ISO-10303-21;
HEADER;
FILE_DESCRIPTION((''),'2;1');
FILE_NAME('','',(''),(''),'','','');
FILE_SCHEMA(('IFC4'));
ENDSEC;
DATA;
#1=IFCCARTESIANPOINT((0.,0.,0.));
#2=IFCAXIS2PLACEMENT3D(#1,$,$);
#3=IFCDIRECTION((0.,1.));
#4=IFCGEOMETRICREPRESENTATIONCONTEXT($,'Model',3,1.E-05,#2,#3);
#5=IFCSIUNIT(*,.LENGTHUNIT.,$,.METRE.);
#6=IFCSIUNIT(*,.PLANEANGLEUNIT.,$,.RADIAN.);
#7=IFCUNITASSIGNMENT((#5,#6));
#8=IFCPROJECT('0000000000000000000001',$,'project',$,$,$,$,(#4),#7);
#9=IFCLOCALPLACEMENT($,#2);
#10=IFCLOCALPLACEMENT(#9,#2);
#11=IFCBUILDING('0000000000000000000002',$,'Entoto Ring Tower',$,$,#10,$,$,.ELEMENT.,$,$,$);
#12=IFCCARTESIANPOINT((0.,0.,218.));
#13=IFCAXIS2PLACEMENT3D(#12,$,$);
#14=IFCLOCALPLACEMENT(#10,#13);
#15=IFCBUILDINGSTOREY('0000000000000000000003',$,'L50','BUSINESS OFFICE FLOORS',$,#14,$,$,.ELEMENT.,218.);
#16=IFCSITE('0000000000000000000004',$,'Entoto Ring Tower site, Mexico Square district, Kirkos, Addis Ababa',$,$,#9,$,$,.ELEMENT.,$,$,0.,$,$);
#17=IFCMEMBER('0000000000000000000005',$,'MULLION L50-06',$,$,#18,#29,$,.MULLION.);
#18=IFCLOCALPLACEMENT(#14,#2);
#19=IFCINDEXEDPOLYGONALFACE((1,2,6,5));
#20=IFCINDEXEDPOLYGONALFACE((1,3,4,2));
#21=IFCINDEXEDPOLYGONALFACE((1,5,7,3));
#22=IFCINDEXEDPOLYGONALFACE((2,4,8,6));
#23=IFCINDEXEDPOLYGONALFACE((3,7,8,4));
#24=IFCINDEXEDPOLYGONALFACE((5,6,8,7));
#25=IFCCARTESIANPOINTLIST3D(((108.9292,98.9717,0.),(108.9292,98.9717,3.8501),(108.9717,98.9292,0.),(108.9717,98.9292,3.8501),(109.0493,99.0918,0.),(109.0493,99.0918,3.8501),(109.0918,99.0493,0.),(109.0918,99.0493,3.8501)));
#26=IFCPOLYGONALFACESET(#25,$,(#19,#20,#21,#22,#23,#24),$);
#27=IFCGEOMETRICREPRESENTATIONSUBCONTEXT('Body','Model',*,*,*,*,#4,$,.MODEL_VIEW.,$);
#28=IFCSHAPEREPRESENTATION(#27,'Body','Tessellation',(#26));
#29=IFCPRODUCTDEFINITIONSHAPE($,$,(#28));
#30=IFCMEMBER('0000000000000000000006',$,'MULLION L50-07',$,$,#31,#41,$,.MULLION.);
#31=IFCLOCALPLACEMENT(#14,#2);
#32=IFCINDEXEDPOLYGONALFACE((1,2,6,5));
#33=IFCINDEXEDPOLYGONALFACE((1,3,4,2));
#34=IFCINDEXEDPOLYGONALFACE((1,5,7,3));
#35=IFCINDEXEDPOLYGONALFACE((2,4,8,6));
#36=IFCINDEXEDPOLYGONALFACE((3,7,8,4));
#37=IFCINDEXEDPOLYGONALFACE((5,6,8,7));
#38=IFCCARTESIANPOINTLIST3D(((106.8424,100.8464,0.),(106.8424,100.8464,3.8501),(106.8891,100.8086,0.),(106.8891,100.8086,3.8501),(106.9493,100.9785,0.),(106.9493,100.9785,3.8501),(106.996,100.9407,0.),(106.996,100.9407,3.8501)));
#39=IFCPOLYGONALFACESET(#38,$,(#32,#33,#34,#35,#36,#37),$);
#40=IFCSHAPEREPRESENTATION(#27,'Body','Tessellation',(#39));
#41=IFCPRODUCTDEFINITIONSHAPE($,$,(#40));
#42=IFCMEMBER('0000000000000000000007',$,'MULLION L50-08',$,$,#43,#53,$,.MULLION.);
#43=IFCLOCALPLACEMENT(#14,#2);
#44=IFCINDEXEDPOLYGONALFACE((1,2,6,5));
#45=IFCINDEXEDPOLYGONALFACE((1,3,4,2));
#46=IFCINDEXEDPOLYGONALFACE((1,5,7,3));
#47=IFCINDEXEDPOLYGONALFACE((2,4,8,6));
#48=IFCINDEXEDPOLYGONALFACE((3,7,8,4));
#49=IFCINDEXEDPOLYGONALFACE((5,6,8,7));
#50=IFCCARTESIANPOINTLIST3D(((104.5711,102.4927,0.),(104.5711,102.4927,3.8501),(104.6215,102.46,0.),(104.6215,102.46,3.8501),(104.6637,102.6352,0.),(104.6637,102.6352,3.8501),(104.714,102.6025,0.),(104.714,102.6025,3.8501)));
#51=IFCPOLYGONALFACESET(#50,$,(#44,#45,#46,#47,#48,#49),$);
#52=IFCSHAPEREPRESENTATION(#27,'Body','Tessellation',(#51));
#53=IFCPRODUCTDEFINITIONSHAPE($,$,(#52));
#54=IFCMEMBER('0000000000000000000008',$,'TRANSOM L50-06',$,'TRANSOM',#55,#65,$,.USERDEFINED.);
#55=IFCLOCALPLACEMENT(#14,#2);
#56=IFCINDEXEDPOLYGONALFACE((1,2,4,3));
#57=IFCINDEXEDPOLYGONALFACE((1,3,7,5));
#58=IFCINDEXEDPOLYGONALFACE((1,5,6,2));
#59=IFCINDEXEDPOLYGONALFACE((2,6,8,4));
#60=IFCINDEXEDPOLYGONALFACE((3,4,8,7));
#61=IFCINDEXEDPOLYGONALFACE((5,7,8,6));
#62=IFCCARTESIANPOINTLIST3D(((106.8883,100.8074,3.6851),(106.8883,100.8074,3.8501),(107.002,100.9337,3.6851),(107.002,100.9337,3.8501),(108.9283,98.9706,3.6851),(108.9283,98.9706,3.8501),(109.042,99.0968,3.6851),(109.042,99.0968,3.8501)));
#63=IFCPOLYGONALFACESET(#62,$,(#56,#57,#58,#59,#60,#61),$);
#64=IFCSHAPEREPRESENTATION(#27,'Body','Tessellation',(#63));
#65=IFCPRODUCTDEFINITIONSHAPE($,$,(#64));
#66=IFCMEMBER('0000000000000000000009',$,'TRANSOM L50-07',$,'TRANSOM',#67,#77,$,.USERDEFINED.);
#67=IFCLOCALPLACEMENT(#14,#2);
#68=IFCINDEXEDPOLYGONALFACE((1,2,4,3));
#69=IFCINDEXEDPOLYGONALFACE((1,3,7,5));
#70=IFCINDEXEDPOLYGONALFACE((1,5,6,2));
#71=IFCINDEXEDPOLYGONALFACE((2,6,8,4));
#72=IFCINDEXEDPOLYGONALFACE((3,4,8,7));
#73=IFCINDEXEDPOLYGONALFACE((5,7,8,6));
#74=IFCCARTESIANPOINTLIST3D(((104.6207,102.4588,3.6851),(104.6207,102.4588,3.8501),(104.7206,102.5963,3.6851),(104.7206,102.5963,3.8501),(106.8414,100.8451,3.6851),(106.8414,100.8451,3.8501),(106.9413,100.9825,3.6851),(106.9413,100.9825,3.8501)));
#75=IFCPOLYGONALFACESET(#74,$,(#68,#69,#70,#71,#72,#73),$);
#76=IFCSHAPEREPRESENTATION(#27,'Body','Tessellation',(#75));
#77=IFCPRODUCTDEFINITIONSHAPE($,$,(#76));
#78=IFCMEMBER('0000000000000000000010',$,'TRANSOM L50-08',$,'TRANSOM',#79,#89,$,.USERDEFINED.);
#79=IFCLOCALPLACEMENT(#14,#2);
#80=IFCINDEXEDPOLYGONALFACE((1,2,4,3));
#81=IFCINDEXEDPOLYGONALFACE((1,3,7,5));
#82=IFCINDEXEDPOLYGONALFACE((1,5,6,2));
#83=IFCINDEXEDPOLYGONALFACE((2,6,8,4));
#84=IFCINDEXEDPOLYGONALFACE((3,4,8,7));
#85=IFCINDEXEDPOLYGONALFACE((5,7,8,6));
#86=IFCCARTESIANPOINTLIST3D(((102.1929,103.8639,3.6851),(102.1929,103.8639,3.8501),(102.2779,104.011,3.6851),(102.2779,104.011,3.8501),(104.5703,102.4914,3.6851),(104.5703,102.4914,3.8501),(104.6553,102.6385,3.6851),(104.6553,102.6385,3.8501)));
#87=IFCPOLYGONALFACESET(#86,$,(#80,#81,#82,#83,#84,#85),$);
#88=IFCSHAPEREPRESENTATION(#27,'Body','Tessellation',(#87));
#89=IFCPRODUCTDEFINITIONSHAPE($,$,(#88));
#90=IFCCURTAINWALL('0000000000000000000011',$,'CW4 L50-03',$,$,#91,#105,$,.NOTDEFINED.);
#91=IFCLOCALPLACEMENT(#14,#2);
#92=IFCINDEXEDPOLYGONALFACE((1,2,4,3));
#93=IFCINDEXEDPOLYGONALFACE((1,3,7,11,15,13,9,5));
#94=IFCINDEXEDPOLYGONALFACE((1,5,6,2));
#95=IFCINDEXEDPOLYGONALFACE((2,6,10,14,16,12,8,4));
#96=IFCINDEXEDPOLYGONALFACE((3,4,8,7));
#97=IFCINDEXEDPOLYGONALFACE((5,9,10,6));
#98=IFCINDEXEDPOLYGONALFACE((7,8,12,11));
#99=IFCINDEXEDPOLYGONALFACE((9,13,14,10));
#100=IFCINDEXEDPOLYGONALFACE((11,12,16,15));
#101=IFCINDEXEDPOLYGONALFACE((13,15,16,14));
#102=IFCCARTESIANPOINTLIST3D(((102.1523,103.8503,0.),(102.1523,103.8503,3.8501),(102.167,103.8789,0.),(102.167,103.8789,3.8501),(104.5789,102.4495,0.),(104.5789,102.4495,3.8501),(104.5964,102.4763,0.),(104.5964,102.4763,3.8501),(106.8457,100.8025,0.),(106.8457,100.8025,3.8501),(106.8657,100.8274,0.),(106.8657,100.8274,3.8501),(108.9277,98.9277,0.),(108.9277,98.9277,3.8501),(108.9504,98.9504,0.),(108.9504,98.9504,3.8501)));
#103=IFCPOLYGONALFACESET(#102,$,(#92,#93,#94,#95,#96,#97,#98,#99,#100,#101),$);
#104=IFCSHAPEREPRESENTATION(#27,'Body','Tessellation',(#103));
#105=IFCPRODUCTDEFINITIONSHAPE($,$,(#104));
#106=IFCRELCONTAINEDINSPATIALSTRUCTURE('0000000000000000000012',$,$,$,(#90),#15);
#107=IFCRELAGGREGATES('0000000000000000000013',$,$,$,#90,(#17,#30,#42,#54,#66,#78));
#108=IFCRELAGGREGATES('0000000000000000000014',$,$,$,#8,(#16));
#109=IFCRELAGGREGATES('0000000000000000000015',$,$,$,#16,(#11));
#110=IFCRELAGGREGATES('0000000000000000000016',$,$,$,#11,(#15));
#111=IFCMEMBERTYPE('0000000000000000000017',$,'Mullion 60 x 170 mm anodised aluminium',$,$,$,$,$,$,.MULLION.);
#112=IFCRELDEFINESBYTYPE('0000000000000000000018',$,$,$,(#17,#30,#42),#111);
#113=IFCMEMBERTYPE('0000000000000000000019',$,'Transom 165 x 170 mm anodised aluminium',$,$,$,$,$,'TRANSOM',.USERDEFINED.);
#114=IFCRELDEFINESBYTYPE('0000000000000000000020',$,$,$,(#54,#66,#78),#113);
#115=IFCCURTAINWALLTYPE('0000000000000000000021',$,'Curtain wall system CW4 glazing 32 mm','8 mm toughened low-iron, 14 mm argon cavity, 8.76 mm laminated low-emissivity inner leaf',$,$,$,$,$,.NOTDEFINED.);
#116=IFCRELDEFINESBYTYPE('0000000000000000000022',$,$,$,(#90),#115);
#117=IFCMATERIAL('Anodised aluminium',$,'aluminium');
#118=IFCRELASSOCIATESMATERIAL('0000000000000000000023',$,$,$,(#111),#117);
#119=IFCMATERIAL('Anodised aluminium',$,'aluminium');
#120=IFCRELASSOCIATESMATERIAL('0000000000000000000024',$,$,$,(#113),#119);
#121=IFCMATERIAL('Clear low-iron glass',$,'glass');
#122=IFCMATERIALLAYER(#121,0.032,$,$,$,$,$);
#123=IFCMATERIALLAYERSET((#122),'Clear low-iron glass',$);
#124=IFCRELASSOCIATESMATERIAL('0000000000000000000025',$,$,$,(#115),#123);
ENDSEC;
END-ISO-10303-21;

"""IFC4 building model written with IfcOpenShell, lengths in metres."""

from ifc_helpers import new_model, si_unit, direction, frame, origin, origin_2d, place, context, subcontext, project, spatial, polyline, rectangle, outline, extrude, material, layer, layer_set, material_profile, profile_set, type_object, element, aggregate, save


model = new_model("IFC4")

# Units and contexts
model_context = context("Model", 3, precision=1e-05, world=origin(), true_north=direction((0.0, 1.0)))
body_context = subcontext(model_context, "Body", "Model", "MODEL_VIEW")
ifc_project = project(units=[si_unit("LENGTHUNIT", "METRE"), si_unit("PLANEANGLEUNIT", "RADIAN")], contexts=[model_context])

# Members
ifc_material_1 = material(Name="Anodised aluminium", Category="aluminium")
ifc_material_profile_1 = material_profile(ifc_material_1, rectangle(XDim=0.0601, YDim=0.1699, at=origin_2d()), Name="Mullion 60 x 170 mm anodised aluminium")
ifc_profile_set_1 = profile_set([ifc_material_profile_1], Name="Anodised aluminium")
member_type_1 = type_object("IfcMemberType", Name="Mullion 60 x 170 mm anodised aluminium", PredefinedType="MULLION", material=ifc_profile_set_1)
site_placement = place(None, origin())
building_placement = place(site_placement, origin())
storey_placement = place(building_placement, frame((0.0, 0.0, 218.0)))
member_1_placement = place(storey_placement, frame((109.0105, 99.0105, 0.0), z_axis=(0.0, 0.0, 1.0), x_axis=(-0.707107, 0.707107, 0.0)))
member_1 = element("IfcMember", 1, at=member_1_placement, type_object=member_type_1, Name="MULLION L50-06", PredefinedType="MULLION", context=body_context, shape_type="SweptSolid", body=[
    extrude(rectangle(XDim=0.0601, YDim=0.1699, at=origin_2d()), origin(), (0.0, 0.0, 1.0), 3.8501),
])
member_2_placement = place(storey_placement, frame((106.9192, 100.8936, 0.0), z_axis=(0.0, 0.0, 1.0), x_axis=(-0.777146, 0.62932, 0.0)))
member_2 = element("IfcMember", 2, at=member_2_placement, type_object=member_type_1, Name="MULLION L50-07", PredefinedType="MULLION", context=body_context, shape_type="SweptSolid", body=[
    extrude(rectangle(XDim=0.0601, YDim=0.1699, at=origin_2d()), origin(), (0.0, 0.0, 1.0), 3.8501),
])
member_3_placement = place(storey_placement, frame((104.6426, 102.5476, 0.0), z_axis=(0.0, 0.0, 1.0), x_axis=(-0.838671, 0.544639, 0.0)))
member_3 = element("IfcMember", 3, at=member_3_placement, type_object=member_type_1, Name="MULLION L50-08", PredefinedType="MULLION", context=body_context, shape_type="SweptSolid", body=[
    extrude(rectangle(XDim=0.0601, YDim=0.1699, at=origin_2d()), origin(), (0.0, 0.0, 1.0), 3.8501),
])
ifc_material_2 = material(Name="Anodised aluminium", Category="aluminium")
ifc_material_profile_2 = material_profile(ifc_material_2, rectangle(XDim=0.1699, YDim=0.165, at=origin_2d()), Name="Transom 165 x 170 mm anodised aluminium")
ifc_profile_set_2 = profile_set([ifc_material_profile_2], Name="Anodised aluminium")
member_type_2 = type_object("IfcMemberType", Name="Transom 165 x 170 mm anodised aluminium", ElementType="TRANSOM", PredefinedType="USERDEFINED", material=ifc_profile_set_2)
member_4_placement = place(storey_placement, frame((108.9851, 99.0337, 3.7676), z_axis=(-0.743135, 0.669142, 0.0), x_axis=(-0.669142, -0.743135, 0.0)))
member_4 = element("IfcMember", 4, at=member_4_placement, type_object=member_type_2, Name="TRANSOM L50-06", ObjectType="TRANSOM", PredefinedType="USERDEFINED", context=body_context, shape_type="SweptSolid", body=[
    extrude(rectangle(XDim=0.1699, YDim=0.165, at=origin_2d()), origin(), (0.0, 0.0, 1.0), 2.7451),
])
member_5_placement = place(storey_placement, frame((106.8914, 100.9138, 3.7676), z_axis=(-0.808959, 0.587865, 0.0), x_axis=(-0.587865, -0.808959, 0.0)))
member_5 = element("IfcMember", 5, at=member_5_placement, type_object=member_type_2, Name="TRANSOM L50-07", ObjectType="TRANSOM", PredefinedType="USERDEFINED", context=body_context, shape_type="SweptSolid", body=[
    extrude(rectangle(XDim=0.1699, YDim=0.165, at=origin_2d()), origin(), (0.0, 0.0, 1.0), 2.7451),
])
member_6_placement = place(storey_placement, frame((104.6128, 102.5649, 3.7676), z_axis=(-0.866035, 0.499984, 0.0), x_axis=(-0.499984, -0.866035, 0.0)))
member_6 = element("IfcMember", 6, at=member_6_placement, type_object=member_type_2, Name="TRANSOM L50-08", ObjectType="TRANSOM", PredefinedType="USERDEFINED", context=body_context, shape_type="SweptSolid", body=[
    extrude(rectangle(XDim=0.1699, YDim=0.165, at=origin_2d()), origin(), (0.0, 0.0, 1.0), 2.7451),
])

# Site, building, storey
site = spatial("IfcSite", under=ifc_project, at=site_placement, Name="Entoto Ring Tower site, Mexico Square district, Kirkos, Addis Ababa", CompositionType="ELEMENT", RefElevation=0.0)
building = spatial("IfcBuilding", under=site, at=building_placement, Name="Entoto Ring Tower", CompositionType="ELEMENT")
storey = spatial("IfcBuildingStorey", under=building, at=storey_placement, Name="L50", Description="BUSINESS OFFICE FLOORS", CompositionType="ELEMENT", Elevation=218.0)

# Curtain wall
ifc_material_3 = material(Name="Clear low-iron glass", Category="glass")
ifc_layer = layer(ifc_material_3, 0.032)
ifc_layer_set = layer_set([ifc_layer], Name="Clear low-iron glass")
curtain_wall_type = type_object("IfcCurtainWallType", Name="Curtain wall system CW4 glazing 32 mm", Description="8 mm toughened low-iron, 14 mm argon cavity, 8.76 mm laminated low-emissivity inner leaf", PredefinedType="NOTDEFINED", material=ifc_layer_set)
curtain_wall_1_placement = place(storey_placement, origin())
curtain_wall_1 = element("IfcCurtainWall", 7, at=curtain_wall_1_placement, inside=storey, type_object=curtain_wall_type, Name="CW4 L50-03", PredefinedType="NOTDEFINED", context=body_context, shape_type="SweptSolid", body=[
    extrude(outline(polyline([(108.9504, 98.9504), (106.8657, 100.8274), (104.5964, 102.4763), (102.167, 103.8789), (102.1523, 103.8503), (104.5789, 102.4495), (106.8457, 100.8025), (108.9277, 98.9277), (108.9504, 98.9504)])), origin(), (0.0, 0.0, 1.0), 3.8501),
])
aggregate(curtain_wall_1, [member_1, member_2, member_3, member_4, member_5, member_6])

save(model, "model.ifc")
